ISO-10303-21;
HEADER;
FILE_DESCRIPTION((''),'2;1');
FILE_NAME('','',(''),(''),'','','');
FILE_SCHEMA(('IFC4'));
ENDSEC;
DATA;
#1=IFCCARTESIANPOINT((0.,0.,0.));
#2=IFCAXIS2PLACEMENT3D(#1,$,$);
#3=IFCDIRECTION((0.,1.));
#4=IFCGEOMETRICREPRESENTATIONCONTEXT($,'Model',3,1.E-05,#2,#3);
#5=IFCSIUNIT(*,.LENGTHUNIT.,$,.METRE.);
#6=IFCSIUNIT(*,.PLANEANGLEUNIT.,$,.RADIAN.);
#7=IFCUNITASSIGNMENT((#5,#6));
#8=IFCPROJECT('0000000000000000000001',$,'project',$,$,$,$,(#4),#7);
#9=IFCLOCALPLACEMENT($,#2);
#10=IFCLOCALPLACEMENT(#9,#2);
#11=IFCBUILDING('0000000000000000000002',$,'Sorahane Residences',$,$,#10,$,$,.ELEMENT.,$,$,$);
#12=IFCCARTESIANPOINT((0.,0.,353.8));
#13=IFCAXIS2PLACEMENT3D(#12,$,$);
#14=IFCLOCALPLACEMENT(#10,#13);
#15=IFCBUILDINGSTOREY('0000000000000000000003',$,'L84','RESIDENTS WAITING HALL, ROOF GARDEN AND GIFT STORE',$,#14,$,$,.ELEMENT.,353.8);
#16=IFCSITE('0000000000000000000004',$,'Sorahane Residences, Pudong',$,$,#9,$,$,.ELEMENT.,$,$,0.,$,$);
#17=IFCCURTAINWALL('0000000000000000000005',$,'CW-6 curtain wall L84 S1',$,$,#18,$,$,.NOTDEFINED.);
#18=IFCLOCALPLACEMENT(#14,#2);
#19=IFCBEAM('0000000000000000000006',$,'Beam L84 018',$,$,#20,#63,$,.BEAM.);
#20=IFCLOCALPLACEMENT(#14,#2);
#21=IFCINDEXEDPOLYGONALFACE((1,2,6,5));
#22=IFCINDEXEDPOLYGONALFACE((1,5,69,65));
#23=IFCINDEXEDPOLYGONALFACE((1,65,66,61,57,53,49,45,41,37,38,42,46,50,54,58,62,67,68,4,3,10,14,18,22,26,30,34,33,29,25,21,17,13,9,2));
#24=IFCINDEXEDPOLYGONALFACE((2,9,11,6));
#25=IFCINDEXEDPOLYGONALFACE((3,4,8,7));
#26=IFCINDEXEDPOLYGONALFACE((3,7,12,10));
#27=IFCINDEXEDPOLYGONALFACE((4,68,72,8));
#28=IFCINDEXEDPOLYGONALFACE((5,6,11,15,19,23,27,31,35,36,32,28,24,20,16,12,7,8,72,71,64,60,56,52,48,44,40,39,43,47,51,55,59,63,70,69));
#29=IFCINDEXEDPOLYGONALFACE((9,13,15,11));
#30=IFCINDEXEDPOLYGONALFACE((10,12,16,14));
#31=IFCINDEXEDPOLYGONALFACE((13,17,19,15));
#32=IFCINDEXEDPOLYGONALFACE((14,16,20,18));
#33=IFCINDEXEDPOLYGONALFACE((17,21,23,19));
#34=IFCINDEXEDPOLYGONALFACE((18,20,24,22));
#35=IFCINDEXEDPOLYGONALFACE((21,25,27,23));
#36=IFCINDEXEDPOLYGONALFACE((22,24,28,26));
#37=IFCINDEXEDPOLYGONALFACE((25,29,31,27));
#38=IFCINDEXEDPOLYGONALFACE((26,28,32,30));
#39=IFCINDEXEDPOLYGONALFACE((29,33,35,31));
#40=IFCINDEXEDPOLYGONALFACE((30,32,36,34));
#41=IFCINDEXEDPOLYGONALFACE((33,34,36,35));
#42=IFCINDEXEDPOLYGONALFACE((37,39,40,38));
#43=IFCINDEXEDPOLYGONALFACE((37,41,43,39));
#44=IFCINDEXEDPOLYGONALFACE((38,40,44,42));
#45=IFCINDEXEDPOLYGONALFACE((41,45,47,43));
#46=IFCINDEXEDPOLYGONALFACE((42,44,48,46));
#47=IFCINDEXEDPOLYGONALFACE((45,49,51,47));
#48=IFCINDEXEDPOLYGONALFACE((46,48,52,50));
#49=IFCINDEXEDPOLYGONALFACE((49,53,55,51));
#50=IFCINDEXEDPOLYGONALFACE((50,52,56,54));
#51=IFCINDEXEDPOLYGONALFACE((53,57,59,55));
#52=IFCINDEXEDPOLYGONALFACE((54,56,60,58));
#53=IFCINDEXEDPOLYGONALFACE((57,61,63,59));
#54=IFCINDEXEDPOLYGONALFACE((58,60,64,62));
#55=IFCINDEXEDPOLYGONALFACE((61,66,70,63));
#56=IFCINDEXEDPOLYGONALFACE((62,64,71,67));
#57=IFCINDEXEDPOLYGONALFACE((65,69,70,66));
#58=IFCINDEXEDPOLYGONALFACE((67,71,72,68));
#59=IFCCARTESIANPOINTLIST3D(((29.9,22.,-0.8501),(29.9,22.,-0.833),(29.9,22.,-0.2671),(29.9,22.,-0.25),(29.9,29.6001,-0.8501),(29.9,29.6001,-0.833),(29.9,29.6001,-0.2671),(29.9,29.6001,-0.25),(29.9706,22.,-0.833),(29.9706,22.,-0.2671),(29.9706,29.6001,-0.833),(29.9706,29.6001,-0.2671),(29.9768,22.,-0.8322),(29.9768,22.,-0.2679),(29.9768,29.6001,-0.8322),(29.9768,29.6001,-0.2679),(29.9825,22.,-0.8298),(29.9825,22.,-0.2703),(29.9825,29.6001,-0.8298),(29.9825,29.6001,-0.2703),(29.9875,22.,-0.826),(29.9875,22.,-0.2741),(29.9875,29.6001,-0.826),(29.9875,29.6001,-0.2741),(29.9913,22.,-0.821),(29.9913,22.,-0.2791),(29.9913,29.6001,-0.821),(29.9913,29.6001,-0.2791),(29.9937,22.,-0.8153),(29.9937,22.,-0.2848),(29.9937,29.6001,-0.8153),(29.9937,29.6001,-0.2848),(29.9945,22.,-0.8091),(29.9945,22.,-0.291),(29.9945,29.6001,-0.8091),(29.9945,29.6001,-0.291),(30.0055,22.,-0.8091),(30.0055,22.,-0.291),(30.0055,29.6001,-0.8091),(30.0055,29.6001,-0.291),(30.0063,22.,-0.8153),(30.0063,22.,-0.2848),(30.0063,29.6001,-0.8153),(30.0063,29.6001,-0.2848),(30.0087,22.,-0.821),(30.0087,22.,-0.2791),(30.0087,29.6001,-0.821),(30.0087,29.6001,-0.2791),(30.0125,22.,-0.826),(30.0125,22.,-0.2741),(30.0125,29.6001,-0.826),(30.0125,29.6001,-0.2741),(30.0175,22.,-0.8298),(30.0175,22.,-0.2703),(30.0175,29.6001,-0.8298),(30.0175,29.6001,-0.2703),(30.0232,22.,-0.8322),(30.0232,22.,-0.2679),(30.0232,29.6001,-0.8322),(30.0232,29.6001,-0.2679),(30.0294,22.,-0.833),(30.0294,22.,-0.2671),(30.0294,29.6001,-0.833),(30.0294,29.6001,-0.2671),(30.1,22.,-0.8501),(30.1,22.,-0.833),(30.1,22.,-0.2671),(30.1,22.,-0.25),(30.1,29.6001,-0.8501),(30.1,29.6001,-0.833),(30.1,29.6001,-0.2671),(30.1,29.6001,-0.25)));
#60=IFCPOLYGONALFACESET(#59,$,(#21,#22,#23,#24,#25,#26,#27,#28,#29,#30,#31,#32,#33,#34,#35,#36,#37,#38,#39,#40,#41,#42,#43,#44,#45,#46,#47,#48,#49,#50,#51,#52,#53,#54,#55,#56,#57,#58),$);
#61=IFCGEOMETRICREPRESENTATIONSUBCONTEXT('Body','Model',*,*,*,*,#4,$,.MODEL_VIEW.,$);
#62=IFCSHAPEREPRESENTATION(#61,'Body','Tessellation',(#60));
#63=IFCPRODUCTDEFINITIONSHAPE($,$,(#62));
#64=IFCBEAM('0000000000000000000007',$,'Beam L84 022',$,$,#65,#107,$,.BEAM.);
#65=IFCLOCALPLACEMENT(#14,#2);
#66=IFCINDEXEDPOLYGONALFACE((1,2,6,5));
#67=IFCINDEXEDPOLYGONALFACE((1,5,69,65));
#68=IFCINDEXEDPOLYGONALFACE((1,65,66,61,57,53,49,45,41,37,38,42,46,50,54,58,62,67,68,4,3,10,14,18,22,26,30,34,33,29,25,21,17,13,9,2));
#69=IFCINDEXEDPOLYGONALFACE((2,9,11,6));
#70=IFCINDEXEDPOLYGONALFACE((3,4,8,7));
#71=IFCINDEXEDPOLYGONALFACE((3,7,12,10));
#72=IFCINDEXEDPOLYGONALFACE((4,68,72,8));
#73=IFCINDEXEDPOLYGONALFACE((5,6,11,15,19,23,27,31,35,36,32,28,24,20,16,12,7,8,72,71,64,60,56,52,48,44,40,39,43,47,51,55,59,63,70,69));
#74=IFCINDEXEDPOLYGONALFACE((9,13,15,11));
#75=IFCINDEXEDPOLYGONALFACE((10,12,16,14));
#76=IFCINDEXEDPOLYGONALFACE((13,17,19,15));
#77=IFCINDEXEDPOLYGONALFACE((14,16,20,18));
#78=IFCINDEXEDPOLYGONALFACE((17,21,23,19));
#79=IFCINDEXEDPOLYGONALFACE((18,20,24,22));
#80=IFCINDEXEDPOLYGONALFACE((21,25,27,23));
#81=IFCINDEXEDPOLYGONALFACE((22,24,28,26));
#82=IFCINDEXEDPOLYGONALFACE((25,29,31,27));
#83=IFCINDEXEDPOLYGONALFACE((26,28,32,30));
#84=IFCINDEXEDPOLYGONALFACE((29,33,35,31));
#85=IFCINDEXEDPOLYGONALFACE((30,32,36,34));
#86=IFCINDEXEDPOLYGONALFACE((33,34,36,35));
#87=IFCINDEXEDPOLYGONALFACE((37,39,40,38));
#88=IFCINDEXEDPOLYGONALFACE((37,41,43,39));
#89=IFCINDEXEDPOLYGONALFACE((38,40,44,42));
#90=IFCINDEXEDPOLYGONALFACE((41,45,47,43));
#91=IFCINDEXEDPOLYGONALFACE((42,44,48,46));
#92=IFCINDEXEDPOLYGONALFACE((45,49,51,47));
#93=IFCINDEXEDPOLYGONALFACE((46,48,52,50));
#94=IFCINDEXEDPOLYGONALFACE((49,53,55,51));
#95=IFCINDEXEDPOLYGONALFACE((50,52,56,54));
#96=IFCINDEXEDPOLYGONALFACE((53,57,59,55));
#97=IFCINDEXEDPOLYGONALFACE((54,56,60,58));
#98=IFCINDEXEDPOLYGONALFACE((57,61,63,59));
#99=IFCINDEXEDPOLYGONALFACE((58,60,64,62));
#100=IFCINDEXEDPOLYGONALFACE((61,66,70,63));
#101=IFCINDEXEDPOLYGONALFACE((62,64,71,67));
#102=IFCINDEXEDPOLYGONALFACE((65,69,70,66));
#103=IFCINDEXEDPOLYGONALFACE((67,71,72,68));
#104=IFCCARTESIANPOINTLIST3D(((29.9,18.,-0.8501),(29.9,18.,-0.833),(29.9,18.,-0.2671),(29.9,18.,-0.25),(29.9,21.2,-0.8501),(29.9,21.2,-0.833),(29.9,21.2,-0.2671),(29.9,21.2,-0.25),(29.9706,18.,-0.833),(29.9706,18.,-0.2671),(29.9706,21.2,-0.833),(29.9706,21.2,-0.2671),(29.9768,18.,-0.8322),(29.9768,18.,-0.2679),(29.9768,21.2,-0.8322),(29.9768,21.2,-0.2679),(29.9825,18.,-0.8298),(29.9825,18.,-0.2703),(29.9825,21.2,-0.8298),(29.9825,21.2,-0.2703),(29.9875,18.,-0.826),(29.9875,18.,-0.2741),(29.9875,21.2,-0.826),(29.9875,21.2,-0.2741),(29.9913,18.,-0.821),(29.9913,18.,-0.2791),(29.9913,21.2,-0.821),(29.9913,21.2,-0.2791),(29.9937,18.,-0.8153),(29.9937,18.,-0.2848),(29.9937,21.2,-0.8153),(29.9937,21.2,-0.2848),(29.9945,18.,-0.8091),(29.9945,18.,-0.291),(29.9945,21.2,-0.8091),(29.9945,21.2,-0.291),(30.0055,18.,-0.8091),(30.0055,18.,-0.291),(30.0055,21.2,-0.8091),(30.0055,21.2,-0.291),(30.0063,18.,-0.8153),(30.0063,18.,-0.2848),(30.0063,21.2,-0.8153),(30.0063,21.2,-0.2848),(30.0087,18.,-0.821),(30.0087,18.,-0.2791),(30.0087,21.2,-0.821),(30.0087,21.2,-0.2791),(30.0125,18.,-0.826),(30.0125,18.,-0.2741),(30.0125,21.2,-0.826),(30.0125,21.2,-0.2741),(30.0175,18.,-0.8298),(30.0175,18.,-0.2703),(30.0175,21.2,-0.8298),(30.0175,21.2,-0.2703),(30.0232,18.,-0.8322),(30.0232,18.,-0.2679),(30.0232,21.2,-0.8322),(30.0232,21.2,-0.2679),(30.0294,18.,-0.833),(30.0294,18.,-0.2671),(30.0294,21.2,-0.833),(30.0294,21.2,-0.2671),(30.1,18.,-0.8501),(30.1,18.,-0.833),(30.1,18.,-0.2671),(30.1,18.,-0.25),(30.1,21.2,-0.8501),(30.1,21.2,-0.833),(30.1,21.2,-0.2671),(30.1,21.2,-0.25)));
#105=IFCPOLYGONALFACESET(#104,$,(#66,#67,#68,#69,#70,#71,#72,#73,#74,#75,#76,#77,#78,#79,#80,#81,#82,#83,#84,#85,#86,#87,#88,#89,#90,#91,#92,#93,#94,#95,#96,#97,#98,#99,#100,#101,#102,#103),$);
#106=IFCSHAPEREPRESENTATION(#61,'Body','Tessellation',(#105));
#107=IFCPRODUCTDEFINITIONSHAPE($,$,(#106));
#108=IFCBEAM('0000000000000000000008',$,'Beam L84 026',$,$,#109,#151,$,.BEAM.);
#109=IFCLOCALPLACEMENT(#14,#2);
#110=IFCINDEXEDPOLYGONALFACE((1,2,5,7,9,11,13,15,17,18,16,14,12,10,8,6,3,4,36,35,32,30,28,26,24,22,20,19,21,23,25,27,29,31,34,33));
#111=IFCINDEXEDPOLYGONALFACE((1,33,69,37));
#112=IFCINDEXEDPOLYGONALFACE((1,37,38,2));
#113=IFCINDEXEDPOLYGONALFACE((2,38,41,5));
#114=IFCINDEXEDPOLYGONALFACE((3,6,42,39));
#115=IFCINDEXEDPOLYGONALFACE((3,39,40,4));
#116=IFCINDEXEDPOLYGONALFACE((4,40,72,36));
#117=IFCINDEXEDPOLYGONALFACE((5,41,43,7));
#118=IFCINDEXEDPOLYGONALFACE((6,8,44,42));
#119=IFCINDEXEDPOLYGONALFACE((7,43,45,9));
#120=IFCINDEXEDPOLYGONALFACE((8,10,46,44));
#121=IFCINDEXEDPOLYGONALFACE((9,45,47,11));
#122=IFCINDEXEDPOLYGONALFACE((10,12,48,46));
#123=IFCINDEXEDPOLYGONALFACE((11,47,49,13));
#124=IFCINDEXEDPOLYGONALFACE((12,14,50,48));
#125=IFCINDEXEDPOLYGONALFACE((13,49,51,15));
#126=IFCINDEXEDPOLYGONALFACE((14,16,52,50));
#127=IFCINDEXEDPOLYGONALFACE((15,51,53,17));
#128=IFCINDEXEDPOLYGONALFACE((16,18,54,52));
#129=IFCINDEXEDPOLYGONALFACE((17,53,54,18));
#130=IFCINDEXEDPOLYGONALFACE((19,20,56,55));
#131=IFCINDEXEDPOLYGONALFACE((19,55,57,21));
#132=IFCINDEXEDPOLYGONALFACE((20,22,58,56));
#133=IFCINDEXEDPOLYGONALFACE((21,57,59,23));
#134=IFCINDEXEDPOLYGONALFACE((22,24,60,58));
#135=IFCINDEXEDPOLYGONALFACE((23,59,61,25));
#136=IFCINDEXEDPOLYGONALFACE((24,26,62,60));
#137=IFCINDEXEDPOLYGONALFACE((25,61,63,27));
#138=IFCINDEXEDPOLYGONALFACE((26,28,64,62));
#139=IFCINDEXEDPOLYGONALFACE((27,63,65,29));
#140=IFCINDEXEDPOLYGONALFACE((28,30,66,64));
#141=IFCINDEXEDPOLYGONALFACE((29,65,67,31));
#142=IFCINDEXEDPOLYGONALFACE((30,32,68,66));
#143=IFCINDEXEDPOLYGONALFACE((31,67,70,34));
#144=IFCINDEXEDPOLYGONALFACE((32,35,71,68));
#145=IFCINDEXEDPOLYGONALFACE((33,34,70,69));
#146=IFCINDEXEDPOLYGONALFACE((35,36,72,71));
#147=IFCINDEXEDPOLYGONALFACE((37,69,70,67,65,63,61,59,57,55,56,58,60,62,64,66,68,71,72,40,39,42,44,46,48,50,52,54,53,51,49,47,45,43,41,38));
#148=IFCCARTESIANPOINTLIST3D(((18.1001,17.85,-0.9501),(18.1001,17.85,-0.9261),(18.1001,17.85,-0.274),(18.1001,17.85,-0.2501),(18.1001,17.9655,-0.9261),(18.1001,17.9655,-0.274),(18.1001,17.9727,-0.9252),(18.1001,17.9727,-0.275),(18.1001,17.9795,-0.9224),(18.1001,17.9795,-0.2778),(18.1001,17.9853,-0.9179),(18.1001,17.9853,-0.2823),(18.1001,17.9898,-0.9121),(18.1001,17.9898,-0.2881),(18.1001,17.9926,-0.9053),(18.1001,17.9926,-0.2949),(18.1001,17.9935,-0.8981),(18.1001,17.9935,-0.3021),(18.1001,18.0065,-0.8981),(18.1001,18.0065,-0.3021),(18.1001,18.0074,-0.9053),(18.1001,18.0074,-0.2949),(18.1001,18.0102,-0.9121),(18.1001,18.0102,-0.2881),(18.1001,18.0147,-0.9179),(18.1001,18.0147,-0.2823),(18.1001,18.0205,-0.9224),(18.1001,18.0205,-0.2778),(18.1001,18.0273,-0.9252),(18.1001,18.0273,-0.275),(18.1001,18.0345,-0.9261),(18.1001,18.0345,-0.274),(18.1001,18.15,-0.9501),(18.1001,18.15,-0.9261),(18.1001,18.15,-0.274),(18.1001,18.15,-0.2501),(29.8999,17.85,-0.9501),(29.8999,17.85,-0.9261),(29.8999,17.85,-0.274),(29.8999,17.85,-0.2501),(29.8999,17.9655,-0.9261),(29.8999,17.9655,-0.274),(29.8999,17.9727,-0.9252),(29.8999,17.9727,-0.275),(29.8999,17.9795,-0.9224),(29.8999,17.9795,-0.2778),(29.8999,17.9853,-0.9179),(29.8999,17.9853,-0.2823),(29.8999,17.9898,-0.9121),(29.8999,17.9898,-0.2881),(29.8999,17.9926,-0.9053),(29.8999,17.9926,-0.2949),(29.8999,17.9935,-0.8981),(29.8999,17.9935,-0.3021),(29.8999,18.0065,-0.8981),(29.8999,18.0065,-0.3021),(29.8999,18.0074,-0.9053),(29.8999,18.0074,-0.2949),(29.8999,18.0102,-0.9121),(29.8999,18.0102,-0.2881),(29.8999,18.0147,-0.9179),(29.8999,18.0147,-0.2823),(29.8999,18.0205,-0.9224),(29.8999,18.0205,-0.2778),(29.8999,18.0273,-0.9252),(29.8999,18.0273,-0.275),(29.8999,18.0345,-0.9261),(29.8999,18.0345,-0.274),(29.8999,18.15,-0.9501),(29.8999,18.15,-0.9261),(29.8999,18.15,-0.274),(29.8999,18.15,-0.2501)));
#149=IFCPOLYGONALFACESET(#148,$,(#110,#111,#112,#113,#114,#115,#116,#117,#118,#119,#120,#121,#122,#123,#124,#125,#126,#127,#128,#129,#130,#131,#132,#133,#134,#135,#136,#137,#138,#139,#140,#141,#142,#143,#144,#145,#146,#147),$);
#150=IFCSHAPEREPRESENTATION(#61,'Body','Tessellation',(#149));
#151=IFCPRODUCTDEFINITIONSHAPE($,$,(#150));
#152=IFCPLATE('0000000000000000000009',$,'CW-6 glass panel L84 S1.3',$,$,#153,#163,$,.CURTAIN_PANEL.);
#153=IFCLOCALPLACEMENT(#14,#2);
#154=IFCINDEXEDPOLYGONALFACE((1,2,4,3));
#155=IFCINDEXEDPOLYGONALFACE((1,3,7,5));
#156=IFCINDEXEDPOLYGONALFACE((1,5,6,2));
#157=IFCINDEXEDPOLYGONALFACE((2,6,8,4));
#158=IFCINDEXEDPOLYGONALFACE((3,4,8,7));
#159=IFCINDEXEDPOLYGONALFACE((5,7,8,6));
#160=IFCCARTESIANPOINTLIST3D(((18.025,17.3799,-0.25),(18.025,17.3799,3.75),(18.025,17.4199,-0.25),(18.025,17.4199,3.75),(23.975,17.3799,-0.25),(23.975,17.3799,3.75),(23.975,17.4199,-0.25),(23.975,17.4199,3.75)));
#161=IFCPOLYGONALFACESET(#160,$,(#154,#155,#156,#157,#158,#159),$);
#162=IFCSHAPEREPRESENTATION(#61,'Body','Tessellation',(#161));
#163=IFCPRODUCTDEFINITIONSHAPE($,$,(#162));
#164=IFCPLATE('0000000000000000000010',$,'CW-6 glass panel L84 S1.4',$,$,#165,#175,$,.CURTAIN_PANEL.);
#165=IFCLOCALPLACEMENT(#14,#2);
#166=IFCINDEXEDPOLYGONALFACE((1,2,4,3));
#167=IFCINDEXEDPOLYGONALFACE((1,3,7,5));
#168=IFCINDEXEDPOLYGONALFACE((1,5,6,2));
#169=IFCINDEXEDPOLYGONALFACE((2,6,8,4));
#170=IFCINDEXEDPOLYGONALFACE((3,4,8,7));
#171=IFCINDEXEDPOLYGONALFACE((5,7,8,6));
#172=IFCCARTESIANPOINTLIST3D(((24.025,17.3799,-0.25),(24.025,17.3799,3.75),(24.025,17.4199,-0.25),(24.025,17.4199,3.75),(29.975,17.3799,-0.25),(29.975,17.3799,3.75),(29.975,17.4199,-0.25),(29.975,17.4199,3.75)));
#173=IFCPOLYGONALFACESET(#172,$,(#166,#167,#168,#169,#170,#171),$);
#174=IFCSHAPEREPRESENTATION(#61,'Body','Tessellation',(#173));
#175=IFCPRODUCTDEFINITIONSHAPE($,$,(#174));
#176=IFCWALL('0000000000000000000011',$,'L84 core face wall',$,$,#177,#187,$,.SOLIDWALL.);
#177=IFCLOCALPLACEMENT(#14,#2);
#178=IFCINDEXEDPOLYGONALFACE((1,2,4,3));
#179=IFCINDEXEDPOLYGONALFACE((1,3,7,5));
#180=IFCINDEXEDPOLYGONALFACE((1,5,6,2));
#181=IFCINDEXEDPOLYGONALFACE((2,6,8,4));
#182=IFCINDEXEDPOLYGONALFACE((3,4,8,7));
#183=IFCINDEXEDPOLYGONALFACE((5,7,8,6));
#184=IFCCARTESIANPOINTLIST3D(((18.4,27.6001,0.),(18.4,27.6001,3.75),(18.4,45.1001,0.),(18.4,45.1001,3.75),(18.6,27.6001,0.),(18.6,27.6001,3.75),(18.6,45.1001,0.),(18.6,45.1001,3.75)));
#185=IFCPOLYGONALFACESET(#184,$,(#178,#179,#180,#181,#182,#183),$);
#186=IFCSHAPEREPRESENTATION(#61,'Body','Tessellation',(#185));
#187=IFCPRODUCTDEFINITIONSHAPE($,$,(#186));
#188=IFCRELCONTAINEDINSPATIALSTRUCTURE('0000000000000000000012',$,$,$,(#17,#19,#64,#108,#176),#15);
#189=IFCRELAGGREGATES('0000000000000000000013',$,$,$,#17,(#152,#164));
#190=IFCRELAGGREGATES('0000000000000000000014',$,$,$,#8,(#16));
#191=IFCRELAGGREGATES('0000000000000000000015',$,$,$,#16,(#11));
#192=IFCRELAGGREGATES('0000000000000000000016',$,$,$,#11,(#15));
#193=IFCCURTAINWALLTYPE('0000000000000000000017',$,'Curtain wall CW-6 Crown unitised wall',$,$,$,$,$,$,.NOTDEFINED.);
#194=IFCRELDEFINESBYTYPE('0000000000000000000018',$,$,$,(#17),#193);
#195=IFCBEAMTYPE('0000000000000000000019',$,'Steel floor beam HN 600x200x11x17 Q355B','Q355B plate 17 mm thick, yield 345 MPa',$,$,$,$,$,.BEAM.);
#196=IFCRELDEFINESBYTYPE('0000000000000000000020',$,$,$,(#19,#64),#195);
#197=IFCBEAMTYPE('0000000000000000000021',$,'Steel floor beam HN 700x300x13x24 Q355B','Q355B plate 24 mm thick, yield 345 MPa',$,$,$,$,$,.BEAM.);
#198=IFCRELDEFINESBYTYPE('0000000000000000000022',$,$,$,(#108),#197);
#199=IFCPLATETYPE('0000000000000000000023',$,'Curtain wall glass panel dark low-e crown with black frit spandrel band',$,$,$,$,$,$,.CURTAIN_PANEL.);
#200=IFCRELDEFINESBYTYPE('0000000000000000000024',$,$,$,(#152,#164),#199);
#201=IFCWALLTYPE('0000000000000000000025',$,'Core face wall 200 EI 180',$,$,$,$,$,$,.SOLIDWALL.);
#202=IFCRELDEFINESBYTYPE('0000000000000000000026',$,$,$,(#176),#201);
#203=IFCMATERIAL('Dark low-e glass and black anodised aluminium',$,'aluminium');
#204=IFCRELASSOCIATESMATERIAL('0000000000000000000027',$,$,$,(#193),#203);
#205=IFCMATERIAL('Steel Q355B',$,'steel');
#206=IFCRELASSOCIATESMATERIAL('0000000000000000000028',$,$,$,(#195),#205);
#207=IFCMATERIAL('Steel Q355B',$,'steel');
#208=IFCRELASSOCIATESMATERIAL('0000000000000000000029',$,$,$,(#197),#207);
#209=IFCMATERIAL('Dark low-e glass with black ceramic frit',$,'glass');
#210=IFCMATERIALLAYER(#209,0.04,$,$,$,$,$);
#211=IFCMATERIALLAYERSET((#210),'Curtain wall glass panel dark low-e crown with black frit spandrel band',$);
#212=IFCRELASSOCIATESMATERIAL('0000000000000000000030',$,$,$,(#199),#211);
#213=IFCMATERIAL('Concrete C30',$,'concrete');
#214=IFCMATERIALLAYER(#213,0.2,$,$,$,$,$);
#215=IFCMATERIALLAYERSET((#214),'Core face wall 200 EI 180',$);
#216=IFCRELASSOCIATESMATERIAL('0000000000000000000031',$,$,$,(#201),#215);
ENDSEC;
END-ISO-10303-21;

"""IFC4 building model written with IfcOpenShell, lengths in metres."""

from ifc_helpers import new_model, si_unit, direction, frame, frame_2d, origin, origin_2d, place, context, subcontext, project, spatial, rectangle, i_section, extrude, material, layer, layer_set, material_profile, profile_set, type_object, element, aggregate, save


model = new_model("IFC4")

# Units and contexts
model_context = context("Model", 3, precision=1e-05, world=origin(), true_north=direction((0.0, 1.0)))
body_context = subcontext(model_context, "Body", "Model", "MODEL_VIEW")
ifc_project = project(units=[si_unit("LENGTHUNIT", "METRE"), si_unit("PLANEANGLEUNIT", "RADIAN")], contexts=[model_context])

# Site, building, storey
site_placement = place(None, origin())
site = spatial("IfcSite", under=ifc_project, at=site_placement, Name="Sorahane Residences, Pudong", CompositionType="ELEMENT", RefElevation=0.0)
building_placement = place(site_placement, origin())
building = spatial("IfcBuilding", under=site, at=building_placement, Name="Sorahane Residences", CompositionType="ELEMENT")
storey_placement = place(building_placement, frame((0.0, 0.0, 353.8)))
storey = spatial("IfcBuildingStorey", under=building, at=storey_placement, Name="L84", Description="RESIDENTS WAITING HALL, ROOF GARDEN AND GIFT STORE", CompositionType="ELEMENT", Elevation=353.8)

# Curtain wall
ifc_material_1 = material(Name="Dark low-e glass and black anodised aluminium", Category="aluminium")
curtain_wall_type = type_object("IfcCurtainWallType", Name="Curtain wall CW-6 Crown unitised wall", PredefinedType="NOTDEFINED", material=ifc_material_1)
curtain_wall_placement = place(storey_placement, origin())
curtain_wall = element("IfcCurtainWall", 1, at=curtain_wall_placement, inside=storey, type_object=curtain_wall_type, Name="CW-6 curtain wall L84 S1", PredefinedType="NOTDEFINED")

# Beams
ifc_material_2 = material(Name="Steel Q355B", Category="steel")
ifc_material_profile_1 = material_profile(ifc_material_2, i_section(OverallWidth=0.2, OverallDepth=0.6001, WebThickness=0.011, FlangeThickness=0.0171, FilletRadius=0.0239, at=origin_2d()), Name="HN 600x200x11x17")
ifc_profile_set_1 = profile_set([ifc_material_profile_1], Name="Steel Q355B")
beam_type_1 = type_object("IfcBeamType", Name="Steel floor beam HN 600x200x11x17 Q355B", Description="Q355B plate 17 mm thick, yield 345 MPa", PredefinedType="BEAM", material=ifc_profile_set_1)
beam_1_placement = place(storey_placement, frame((30.0, 22.0, -0.55), z_axis=(0.0, 1.0, 0.0), x_axis=(-1.0, 0.0, 0.0)))
element("IfcBeam", 2, at=beam_1_placement, inside=storey, type_object=beam_type_1, Name="Beam L84 018", PredefinedType="BEAM", context=body_context, shape_type="SweptSolid", body=[
    extrude(i_section(OverallWidth=0.2, OverallDepth=0.6001, WebThickness=0.011, FlangeThickness=0.0171, FilletRadius=0.0239, at=origin_2d()), origin(), (0.0, 0.0, 1.0), 7.6001),
])
beam_2_placement = place(storey_placement, frame((30.0, 18.0, -0.55), z_axis=(0.0, 1.0, 0.0), x_axis=(-1.0, 0.0, 0.0)))
element("IfcBeam", 3, at=beam_2_placement, inside=storey, type_object=beam_type_1, Name="Beam L84 022", PredefinedType="BEAM", context=body_context, shape_type="SweptSolid", body=[
    extrude(i_section(OverallWidth=0.2, OverallDepth=0.6001, WebThickness=0.011, FlangeThickness=0.0171, FilletRadius=0.0239, at=origin_2d()), origin(), (0.0, 0.0, 1.0), 3.2),
])
ifc_material_3 = material(Name="Steel Q355B", Category="steel")
ifc_material_profile_2 = material_profile(ifc_material_3, i_section(OverallWidth=0.3, OverallDepth=0.7, WebThickness=0.0129, FlangeThickness=0.0239, FilletRadius=0.0281, at=origin_2d()), Name="HN 700x300x13x24")
ifc_profile_set_2 = profile_set([ifc_material_profile_2], Name="Steel Q355B")
beam_type_2 = type_object("IfcBeamType", Name="Steel floor beam HN 700x300x13x24 Q355B", Description="Q355B plate 24 mm thick, yield 345 MPa", PredefinedType="BEAM", material=ifc_profile_set_2)
beam_3_placement = place(storey_placement, frame((18.1001, 18.0, -0.6001), z_axis=(1.0, 0.0, 0.0), x_axis=(0.0, 1.0, 0.0)))
element("IfcBeam", 4, at=beam_3_placement, inside=storey, type_object=beam_type_2, Name="Beam L84 026", PredefinedType="BEAM", context=body_context, shape_type="SweptSolid", body=[
    extrude(i_section(OverallWidth=0.3, OverallDepth=0.7, WebThickness=0.0129, FlangeThickness=0.0239, FilletRadius=0.0281, at=origin_2d()), origin(), (0.0, 0.0, 1.0), 11.7998),
])

# Plates
ifc_material_4 = material(Name="Dark low-e glass with black ceramic frit", Category="glass")
ifc_layer_1 = layer(ifc_material_4, 0.04)
ifc_layer_set_1 = layer_set([ifc_layer_1], Name="Curtain wall glass panel dark low-e crown with black frit spandrel band")
plate_type = type_object("IfcPlateType", Name="Curtain wall glass panel dark low-e crown with black frit spandrel band", PredefinedType="CURTAIN_PANEL", material=ifc_layer_set_1)
plate_1_placement = place(storey_placement, frame((21.0, 17.3999, -0.25), z_axis=(0.0, 0.0, 1.0), x_axis=(1.0, 0.0, 0.0)))
plate_1 = element("IfcPlate", 5, at=plate_1_placement, type_object=plate_type, Name="CW-6 glass panel L84 S1.3", PredefinedType="CURTAIN_PANEL", context=body_context, shape_type="SweptSolid", body=[
    extrude(rectangle(XDim=5.95, YDim=0.04, at=origin_2d()), origin(), (0.0, 0.0, 1.0), 4.0),
])
plate_2_placement = place(storey_placement, frame((27.0, 17.3999, -0.25), z_axis=(0.0, 0.0, 1.0), x_axis=(1.0, 0.0, 0.0)))
plate_2 = element("IfcPlate", 6, at=plate_2_placement, type_object=plate_type, Name="CW-6 glass panel L84 S1.4", PredefinedType="CURTAIN_PANEL", context=body_context, shape_type="SweptSolid", body=[
    extrude(rectangle(XDim=5.95, YDim=0.04, at=origin_2d()), origin(), (0.0, 0.0, 1.0), 4.0),
])
aggregate(curtain_wall, [plate_1, plate_2])

# Wall
ifc_material_5 = material(Name="Concrete C30", Category="concrete")
ifc_layer_2 = layer(ifc_material_5, 0.2)
ifc_layer_set_2 = layer_set([ifc_layer_2], Name="Core face wall 200 EI 180")
wall_type_1 = type_object("IfcWallType", Name="Core face wall 200 EI 180", PredefinedType="SOLIDWALL", material=ifc_layer_set_2)
for number, where, z_axis, x_axis, name in (
    (7, (18.5, 27.6001, 0.0), (0.0, 0.0, 1.0), (0.0, 1.0, 0.0), "L84 core face wall"),
):
    element("IfcWall", number, at=place(storey_placement, frame(where, z_axis=z_axis, x_axis=x_axis)), inside=storey, type_object=wall_type_1, Name=name, PredefinedType="SOLIDWALL", context=body_context, shape_type="SweptSolid", body=[
        extrude(rectangle(XDim=17.5, YDim=0.2, at=frame_2d((8.75, 0.0))), origin(), (0.0, 0.0, 1.0), 3.75),
    ])

save(model, "model.ifc")
